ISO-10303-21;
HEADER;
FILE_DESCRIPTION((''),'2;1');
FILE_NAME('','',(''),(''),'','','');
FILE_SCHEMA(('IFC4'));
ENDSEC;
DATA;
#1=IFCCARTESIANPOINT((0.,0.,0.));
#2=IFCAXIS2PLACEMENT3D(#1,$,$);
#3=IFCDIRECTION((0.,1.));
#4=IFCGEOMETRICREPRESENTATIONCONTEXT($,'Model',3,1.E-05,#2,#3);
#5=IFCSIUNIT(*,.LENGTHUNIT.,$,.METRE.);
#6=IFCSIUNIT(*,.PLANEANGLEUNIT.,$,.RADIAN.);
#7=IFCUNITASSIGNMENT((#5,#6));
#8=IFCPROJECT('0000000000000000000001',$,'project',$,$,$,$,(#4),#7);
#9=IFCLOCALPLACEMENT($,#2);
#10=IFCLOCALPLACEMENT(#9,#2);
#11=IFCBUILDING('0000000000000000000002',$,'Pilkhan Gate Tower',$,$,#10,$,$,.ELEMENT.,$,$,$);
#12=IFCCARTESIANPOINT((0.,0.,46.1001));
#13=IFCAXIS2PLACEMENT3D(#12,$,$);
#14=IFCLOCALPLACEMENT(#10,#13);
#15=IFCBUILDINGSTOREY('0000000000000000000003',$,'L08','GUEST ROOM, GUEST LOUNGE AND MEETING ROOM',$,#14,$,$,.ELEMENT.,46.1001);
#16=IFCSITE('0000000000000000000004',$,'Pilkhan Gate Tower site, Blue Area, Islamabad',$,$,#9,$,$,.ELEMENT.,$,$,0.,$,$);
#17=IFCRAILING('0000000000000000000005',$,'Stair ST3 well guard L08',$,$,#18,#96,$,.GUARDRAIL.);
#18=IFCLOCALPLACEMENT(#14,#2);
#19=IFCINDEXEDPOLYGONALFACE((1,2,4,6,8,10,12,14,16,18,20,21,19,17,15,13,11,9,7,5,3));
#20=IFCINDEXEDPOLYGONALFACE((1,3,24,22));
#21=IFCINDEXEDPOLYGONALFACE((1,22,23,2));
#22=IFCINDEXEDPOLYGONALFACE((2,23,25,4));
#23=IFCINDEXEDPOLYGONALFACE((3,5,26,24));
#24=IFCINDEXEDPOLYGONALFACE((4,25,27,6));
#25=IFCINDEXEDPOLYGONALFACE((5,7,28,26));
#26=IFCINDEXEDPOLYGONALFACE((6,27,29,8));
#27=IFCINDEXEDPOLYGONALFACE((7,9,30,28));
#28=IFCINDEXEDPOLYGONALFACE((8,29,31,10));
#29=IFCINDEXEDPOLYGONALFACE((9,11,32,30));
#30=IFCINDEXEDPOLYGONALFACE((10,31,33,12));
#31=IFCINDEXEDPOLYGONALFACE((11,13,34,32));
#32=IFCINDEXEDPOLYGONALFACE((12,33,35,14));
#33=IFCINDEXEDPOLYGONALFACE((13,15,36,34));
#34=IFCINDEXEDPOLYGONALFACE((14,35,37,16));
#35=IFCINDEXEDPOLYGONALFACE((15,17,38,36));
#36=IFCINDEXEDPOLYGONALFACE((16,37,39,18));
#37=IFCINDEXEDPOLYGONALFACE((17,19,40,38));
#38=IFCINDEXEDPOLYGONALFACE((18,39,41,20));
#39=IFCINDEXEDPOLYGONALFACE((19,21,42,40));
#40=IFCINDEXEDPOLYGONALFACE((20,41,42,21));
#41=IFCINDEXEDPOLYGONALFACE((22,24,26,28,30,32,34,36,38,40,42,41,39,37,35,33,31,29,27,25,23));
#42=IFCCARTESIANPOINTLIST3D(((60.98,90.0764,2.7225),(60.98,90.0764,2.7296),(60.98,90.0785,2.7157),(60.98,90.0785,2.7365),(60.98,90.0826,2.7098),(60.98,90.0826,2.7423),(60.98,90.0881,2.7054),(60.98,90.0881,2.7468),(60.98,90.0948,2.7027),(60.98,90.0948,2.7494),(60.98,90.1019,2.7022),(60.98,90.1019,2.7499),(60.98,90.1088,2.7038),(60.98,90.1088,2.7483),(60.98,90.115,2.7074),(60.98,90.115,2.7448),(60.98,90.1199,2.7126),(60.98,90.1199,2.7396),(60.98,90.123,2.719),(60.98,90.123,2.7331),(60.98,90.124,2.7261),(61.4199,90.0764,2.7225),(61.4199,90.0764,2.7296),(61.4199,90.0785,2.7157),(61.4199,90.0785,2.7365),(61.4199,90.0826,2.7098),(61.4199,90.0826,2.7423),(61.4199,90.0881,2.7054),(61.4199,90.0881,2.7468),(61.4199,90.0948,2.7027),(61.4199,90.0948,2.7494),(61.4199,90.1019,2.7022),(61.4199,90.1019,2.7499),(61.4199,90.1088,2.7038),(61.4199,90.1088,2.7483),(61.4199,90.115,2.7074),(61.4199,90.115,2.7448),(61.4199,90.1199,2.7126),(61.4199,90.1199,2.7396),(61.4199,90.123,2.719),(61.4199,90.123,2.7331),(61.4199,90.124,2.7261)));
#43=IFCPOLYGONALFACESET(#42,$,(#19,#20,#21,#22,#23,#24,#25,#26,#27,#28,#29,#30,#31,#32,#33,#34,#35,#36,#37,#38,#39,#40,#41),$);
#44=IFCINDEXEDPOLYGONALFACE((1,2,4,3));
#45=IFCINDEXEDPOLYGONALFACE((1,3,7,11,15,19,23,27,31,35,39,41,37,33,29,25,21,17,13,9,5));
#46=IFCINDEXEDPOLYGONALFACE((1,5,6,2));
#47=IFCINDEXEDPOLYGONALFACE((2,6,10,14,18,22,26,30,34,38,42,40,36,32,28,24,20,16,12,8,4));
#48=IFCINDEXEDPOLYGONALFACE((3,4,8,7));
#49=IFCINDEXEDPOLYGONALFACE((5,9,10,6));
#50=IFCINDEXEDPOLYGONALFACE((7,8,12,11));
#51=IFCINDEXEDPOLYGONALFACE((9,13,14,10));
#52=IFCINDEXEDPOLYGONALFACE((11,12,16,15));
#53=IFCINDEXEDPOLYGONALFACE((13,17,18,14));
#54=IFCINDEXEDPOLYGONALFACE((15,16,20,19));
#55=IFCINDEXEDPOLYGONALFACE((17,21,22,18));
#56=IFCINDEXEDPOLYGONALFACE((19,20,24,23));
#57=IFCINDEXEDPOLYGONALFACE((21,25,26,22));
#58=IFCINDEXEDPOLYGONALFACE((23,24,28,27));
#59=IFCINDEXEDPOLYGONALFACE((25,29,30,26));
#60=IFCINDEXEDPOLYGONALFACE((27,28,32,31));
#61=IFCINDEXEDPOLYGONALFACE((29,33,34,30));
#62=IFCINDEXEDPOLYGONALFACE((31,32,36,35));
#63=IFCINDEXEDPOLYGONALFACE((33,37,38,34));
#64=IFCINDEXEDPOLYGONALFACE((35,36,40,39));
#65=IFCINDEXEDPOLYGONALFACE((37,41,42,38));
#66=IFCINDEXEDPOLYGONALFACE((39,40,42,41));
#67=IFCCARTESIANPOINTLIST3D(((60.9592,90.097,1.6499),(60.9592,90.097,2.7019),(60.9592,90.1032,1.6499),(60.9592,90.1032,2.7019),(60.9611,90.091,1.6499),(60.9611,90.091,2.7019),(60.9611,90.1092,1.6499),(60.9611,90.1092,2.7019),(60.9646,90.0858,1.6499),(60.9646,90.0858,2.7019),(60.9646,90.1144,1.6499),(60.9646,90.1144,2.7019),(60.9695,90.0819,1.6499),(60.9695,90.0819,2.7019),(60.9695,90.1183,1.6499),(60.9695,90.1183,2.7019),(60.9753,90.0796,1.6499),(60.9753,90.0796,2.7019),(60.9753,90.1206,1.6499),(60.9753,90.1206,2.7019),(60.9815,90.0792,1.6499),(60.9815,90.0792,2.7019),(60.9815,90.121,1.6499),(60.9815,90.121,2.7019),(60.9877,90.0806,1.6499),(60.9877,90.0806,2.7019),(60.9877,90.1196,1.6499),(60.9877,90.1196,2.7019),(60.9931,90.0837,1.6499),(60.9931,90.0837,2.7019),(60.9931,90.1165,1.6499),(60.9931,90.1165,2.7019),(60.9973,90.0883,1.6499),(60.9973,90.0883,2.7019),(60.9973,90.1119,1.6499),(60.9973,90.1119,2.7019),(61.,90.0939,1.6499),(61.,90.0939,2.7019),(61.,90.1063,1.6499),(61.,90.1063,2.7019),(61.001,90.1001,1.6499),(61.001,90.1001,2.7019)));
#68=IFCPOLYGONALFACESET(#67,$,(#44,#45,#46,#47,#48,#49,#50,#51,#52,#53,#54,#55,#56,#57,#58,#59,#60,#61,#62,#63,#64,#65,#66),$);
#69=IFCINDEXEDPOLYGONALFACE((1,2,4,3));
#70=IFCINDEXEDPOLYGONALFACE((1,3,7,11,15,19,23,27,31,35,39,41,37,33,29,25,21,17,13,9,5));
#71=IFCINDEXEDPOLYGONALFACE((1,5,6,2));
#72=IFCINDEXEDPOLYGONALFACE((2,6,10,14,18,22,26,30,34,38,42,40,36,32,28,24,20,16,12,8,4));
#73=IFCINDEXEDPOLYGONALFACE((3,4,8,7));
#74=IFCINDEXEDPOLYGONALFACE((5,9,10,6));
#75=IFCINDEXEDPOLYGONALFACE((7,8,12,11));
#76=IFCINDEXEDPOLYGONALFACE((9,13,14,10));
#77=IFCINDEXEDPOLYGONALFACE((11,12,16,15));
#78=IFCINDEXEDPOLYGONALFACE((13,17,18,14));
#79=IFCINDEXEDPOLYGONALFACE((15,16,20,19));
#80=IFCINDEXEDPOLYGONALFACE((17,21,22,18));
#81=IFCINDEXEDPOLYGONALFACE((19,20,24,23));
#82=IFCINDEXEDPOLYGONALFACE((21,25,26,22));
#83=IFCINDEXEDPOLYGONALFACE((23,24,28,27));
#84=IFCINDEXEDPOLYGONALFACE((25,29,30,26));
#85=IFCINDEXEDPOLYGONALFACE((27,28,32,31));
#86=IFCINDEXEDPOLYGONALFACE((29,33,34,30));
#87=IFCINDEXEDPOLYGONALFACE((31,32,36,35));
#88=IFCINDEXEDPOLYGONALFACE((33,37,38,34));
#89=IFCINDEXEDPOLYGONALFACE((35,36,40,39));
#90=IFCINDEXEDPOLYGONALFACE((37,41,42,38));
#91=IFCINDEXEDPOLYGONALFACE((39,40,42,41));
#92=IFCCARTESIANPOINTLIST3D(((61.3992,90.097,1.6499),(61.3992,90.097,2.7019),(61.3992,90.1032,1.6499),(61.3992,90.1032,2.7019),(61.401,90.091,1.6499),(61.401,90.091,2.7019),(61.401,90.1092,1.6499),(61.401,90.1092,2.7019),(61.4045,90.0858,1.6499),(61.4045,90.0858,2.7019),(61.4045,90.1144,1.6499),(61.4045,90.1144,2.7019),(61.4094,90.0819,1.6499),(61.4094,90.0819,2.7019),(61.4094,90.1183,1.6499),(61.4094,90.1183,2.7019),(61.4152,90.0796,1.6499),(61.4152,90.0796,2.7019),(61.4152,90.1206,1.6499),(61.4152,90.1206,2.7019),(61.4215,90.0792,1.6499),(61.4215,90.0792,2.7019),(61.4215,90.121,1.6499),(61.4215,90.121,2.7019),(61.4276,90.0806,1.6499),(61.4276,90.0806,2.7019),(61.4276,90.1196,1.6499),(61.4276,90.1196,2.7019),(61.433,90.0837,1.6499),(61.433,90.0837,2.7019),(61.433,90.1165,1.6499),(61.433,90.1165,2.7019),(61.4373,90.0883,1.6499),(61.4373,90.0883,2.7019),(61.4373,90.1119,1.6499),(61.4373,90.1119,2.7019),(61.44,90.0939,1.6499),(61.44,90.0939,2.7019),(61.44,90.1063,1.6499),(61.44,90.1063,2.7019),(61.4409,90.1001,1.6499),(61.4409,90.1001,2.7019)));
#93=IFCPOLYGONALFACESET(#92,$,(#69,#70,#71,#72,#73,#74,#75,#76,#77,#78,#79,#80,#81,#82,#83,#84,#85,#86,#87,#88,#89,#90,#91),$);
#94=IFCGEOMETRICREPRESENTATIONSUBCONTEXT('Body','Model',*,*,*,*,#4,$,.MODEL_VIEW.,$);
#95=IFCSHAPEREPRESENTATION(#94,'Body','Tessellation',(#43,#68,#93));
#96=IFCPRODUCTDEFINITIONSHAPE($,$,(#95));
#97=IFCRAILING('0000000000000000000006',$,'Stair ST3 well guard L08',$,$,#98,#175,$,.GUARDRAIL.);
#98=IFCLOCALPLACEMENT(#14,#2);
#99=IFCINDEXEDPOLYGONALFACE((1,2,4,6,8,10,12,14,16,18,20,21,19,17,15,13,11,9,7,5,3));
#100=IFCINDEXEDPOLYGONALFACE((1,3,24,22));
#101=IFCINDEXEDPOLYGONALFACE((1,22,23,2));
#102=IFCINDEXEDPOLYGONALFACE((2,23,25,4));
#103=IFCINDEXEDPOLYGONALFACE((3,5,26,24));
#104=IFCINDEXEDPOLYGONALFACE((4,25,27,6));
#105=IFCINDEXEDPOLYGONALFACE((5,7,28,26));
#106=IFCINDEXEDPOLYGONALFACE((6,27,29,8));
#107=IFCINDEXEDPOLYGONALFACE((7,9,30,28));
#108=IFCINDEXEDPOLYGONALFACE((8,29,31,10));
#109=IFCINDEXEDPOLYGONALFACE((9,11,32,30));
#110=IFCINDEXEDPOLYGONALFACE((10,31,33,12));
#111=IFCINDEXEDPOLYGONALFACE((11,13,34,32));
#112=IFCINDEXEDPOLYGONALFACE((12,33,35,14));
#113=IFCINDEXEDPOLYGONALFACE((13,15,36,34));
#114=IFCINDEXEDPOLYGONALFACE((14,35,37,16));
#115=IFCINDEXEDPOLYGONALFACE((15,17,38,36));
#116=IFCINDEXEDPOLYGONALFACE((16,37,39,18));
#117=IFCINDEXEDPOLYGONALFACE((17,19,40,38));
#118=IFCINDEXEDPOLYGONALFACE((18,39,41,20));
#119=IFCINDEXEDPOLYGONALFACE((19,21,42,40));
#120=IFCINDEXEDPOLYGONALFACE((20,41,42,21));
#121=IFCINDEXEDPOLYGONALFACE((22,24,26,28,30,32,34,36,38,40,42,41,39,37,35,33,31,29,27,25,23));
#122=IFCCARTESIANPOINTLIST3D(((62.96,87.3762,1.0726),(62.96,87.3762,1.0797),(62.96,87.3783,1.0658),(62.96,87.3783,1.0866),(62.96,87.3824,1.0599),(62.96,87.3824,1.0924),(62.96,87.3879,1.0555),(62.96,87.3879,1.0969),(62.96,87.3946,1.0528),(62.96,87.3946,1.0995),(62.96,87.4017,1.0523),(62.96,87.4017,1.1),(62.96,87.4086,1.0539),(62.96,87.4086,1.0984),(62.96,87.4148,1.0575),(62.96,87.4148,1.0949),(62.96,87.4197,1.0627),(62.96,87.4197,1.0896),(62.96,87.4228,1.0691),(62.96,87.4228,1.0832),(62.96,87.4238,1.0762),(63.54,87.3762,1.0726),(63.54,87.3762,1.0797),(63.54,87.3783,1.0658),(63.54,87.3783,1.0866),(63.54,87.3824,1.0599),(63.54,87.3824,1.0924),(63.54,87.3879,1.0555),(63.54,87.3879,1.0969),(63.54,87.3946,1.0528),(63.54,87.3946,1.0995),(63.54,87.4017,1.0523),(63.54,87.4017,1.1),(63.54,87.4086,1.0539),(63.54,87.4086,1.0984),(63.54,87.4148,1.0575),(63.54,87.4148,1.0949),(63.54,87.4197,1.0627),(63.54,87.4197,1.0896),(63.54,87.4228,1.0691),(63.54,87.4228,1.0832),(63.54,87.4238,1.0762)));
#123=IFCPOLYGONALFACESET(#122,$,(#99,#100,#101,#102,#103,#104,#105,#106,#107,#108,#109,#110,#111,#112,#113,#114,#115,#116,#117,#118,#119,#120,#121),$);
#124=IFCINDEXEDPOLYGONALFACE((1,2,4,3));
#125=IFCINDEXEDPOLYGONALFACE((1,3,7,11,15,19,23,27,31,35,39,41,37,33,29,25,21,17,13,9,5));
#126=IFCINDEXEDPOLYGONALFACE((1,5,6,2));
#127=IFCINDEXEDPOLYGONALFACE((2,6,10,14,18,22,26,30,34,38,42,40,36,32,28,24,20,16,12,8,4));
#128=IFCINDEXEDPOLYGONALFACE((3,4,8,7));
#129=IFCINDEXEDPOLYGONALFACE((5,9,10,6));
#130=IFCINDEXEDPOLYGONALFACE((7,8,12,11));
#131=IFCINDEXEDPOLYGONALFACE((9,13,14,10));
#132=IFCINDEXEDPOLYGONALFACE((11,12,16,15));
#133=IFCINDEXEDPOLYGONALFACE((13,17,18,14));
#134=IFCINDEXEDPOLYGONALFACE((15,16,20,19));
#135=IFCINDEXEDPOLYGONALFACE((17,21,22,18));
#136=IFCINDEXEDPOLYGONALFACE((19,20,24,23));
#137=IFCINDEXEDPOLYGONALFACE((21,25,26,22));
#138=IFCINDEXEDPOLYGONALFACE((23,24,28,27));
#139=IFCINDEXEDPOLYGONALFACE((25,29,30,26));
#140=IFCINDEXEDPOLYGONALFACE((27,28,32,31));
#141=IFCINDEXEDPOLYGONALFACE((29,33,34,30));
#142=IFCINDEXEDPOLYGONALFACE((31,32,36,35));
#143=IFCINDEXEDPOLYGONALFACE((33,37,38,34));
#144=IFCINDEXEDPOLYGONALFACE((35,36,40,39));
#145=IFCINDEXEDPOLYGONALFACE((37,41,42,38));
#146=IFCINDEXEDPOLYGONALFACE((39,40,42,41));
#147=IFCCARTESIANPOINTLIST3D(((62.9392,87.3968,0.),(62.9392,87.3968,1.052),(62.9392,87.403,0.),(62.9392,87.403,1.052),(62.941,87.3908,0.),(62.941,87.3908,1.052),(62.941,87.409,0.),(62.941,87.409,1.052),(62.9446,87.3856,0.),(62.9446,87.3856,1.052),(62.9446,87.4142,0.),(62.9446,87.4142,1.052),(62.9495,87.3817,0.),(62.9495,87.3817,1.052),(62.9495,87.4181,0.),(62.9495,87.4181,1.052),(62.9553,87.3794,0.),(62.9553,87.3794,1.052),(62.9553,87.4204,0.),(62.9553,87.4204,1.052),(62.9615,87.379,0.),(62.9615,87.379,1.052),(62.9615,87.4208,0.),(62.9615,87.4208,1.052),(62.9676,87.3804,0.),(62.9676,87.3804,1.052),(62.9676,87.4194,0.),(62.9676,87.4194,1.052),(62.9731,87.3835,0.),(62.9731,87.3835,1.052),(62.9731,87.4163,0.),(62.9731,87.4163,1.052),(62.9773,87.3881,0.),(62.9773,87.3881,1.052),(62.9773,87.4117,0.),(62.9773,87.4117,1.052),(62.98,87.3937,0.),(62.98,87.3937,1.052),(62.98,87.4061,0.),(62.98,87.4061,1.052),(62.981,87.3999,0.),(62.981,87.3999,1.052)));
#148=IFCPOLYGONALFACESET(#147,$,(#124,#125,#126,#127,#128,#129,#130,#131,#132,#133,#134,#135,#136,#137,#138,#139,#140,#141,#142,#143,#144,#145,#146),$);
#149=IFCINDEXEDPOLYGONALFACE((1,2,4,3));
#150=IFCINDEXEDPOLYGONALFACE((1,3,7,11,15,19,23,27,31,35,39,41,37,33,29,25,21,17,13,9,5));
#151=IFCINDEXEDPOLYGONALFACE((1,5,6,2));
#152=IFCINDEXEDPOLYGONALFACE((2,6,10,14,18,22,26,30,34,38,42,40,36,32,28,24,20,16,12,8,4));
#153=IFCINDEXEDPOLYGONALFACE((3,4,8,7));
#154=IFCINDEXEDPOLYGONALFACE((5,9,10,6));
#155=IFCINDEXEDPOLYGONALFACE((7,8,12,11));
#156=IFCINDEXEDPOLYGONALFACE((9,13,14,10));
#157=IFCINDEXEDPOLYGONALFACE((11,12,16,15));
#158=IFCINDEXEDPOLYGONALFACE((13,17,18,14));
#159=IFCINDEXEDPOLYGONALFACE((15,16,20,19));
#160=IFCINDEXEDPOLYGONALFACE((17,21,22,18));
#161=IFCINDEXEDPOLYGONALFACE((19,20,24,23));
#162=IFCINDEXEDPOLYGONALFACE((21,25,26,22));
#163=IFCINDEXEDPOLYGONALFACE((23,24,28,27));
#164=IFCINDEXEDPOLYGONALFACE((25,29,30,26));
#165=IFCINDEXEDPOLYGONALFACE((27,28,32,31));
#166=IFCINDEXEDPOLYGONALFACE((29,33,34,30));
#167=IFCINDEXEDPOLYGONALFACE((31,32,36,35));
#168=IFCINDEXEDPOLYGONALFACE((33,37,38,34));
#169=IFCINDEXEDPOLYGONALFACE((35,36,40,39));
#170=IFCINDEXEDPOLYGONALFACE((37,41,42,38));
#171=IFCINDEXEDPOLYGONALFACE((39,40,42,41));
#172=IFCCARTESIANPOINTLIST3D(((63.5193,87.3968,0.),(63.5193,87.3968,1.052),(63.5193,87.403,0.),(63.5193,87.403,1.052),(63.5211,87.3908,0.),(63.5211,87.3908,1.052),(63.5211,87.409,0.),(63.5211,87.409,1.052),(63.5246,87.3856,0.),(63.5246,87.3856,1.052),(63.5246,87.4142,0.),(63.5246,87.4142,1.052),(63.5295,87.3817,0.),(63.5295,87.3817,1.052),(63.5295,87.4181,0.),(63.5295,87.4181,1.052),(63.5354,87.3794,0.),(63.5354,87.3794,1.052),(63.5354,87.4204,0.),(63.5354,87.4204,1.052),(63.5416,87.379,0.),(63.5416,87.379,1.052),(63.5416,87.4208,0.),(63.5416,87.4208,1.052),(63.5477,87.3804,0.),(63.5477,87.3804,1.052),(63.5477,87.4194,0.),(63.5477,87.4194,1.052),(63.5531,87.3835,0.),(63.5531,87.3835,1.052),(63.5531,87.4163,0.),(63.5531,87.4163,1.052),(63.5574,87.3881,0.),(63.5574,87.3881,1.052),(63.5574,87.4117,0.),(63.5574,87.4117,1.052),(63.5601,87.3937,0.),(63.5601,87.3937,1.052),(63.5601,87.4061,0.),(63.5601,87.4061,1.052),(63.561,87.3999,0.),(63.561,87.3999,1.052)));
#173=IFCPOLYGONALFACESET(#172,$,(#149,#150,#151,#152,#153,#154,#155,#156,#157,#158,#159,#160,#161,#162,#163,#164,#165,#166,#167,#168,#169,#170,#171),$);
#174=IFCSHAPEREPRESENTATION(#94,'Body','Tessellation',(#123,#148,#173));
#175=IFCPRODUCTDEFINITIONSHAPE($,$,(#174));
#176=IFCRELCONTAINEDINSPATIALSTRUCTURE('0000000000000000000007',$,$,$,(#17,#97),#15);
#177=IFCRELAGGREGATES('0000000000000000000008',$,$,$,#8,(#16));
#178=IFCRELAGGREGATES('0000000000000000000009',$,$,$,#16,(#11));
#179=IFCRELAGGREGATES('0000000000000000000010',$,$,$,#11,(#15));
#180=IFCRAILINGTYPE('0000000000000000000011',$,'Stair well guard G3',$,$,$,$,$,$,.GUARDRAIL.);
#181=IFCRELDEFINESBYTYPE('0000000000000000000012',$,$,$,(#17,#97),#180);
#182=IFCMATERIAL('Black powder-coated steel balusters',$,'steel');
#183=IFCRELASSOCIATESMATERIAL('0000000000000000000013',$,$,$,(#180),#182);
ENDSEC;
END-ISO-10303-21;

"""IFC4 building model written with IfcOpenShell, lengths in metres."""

from ifc_helpers import new_model, si_unit, direction, frame, origin, origin_2d, place, context, subcontext, project, spatial, circle, extrude, material, type_object, element, save


model = new_model("IFC4")

# Units and contexts
model_context = context("Model", 3, precision=1e-05, world=origin(), true_north=direction((0.0, 1.0)))
body_context = subcontext(model_context, "Body", "Model", "MODEL_VIEW")
ifc_project = project(units=[si_unit("LENGTHUNIT", "METRE"), si_unit("PLANEANGLEUNIT", "RADIAN")], contexts=[model_context])

# Site, building, storey
site_placement = place(None, origin())
site = spatial("IfcSite", under=ifc_project, at=site_placement, Name="Pilkhan Gate Tower site, Blue Area, Islamabad", CompositionType="ELEMENT", RefElevation=0.0)
building_placement = place(site_placement, origin())
building = spatial("IfcBuilding", under=site, at=building_placement, Name="Pilkhan Gate Tower", CompositionType="ELEMENT")
storey_placement = place(building_placement, frame((0.0, 0.0, 46.1001)))
storey = spatial("IfcBuildingStorey", under=building, at=storey_placement, Name="L08", Description="GUEST ROOM, GUEST LOUNGE AND MEETING ROOM", CompositionType="ELEMENT", Elevation=46.1001)

# Railings
ifc_material_1 = material(Name="Black powder-coated steel balusters", Category="steel")
railing_type_1 = type_object("IfcRailingType", Name="Stair well guard G3", PredefinedType="GUARDRAIL", material=ifc_material_1)
railing_1_placement = place(storey_placement, frame((60.98, 90.1001, 1.6499)))
element("IfcRailing", 1, at=railing_1_placement, inside=storey, type_object=railing_type_1, Name="Stair ST3 well guard L08", PredefinedType="GUARDRAIL", context=body_context, shape_type="SweptSolid", body=[
    extrude(circle(Radius=0.0239, at=origin_2d()), frame((0.0, 0.0, 1.0762), z_axis=(1.0, 0.0, 0.0), x_axis=(0.0, 1.0, 0.0)), (0.0, 0.0, 1.0), 0.4399),
    extrude(circle(Radius=0.021, at=origin_2d()), origin(), (0.0, 0.0, 1.0), 1.052),
    extrude(circle(Radius=0.021, at=origin_2d()), frame((0.4399, 0.0, 0.0)), (0.0, 0.0, 1.0), 1.052),
])
for number, where, name in (
    (2, (62.96, 87.3999, 0.0), "Stair ST3 well guard L08"),
):
    element("IfcRailing", number, at=place(storey_placement, frame(where)), inside=storey, type_object=railing_type_1, Name=name, PredefinedType="GUARDRAIL", context=body_context, shape_type="SweptSolid", body=[
        extrude(circle(Radius=0.0239, at=origin_2d()), frame((0.0, 0.0, 1.0762), z_axis=(1.0, 0.0, 0.0), x_axis=(0.0, 1.0, 0.0)), (0.0, 0.0, 1.0), 0.5801),
        extrude(circle(Radius=0.021, at=origin_2d()), origin(), (0.0, 0.0, 1.0), 1.052),
        extrude(circle(Radius=0.021, at=origin_2d()), frame((0.5801, 0.0, 0.0)), (0.0, 0.0, 1.0), 1.052),
    ])

save(model, "model.ifc")
